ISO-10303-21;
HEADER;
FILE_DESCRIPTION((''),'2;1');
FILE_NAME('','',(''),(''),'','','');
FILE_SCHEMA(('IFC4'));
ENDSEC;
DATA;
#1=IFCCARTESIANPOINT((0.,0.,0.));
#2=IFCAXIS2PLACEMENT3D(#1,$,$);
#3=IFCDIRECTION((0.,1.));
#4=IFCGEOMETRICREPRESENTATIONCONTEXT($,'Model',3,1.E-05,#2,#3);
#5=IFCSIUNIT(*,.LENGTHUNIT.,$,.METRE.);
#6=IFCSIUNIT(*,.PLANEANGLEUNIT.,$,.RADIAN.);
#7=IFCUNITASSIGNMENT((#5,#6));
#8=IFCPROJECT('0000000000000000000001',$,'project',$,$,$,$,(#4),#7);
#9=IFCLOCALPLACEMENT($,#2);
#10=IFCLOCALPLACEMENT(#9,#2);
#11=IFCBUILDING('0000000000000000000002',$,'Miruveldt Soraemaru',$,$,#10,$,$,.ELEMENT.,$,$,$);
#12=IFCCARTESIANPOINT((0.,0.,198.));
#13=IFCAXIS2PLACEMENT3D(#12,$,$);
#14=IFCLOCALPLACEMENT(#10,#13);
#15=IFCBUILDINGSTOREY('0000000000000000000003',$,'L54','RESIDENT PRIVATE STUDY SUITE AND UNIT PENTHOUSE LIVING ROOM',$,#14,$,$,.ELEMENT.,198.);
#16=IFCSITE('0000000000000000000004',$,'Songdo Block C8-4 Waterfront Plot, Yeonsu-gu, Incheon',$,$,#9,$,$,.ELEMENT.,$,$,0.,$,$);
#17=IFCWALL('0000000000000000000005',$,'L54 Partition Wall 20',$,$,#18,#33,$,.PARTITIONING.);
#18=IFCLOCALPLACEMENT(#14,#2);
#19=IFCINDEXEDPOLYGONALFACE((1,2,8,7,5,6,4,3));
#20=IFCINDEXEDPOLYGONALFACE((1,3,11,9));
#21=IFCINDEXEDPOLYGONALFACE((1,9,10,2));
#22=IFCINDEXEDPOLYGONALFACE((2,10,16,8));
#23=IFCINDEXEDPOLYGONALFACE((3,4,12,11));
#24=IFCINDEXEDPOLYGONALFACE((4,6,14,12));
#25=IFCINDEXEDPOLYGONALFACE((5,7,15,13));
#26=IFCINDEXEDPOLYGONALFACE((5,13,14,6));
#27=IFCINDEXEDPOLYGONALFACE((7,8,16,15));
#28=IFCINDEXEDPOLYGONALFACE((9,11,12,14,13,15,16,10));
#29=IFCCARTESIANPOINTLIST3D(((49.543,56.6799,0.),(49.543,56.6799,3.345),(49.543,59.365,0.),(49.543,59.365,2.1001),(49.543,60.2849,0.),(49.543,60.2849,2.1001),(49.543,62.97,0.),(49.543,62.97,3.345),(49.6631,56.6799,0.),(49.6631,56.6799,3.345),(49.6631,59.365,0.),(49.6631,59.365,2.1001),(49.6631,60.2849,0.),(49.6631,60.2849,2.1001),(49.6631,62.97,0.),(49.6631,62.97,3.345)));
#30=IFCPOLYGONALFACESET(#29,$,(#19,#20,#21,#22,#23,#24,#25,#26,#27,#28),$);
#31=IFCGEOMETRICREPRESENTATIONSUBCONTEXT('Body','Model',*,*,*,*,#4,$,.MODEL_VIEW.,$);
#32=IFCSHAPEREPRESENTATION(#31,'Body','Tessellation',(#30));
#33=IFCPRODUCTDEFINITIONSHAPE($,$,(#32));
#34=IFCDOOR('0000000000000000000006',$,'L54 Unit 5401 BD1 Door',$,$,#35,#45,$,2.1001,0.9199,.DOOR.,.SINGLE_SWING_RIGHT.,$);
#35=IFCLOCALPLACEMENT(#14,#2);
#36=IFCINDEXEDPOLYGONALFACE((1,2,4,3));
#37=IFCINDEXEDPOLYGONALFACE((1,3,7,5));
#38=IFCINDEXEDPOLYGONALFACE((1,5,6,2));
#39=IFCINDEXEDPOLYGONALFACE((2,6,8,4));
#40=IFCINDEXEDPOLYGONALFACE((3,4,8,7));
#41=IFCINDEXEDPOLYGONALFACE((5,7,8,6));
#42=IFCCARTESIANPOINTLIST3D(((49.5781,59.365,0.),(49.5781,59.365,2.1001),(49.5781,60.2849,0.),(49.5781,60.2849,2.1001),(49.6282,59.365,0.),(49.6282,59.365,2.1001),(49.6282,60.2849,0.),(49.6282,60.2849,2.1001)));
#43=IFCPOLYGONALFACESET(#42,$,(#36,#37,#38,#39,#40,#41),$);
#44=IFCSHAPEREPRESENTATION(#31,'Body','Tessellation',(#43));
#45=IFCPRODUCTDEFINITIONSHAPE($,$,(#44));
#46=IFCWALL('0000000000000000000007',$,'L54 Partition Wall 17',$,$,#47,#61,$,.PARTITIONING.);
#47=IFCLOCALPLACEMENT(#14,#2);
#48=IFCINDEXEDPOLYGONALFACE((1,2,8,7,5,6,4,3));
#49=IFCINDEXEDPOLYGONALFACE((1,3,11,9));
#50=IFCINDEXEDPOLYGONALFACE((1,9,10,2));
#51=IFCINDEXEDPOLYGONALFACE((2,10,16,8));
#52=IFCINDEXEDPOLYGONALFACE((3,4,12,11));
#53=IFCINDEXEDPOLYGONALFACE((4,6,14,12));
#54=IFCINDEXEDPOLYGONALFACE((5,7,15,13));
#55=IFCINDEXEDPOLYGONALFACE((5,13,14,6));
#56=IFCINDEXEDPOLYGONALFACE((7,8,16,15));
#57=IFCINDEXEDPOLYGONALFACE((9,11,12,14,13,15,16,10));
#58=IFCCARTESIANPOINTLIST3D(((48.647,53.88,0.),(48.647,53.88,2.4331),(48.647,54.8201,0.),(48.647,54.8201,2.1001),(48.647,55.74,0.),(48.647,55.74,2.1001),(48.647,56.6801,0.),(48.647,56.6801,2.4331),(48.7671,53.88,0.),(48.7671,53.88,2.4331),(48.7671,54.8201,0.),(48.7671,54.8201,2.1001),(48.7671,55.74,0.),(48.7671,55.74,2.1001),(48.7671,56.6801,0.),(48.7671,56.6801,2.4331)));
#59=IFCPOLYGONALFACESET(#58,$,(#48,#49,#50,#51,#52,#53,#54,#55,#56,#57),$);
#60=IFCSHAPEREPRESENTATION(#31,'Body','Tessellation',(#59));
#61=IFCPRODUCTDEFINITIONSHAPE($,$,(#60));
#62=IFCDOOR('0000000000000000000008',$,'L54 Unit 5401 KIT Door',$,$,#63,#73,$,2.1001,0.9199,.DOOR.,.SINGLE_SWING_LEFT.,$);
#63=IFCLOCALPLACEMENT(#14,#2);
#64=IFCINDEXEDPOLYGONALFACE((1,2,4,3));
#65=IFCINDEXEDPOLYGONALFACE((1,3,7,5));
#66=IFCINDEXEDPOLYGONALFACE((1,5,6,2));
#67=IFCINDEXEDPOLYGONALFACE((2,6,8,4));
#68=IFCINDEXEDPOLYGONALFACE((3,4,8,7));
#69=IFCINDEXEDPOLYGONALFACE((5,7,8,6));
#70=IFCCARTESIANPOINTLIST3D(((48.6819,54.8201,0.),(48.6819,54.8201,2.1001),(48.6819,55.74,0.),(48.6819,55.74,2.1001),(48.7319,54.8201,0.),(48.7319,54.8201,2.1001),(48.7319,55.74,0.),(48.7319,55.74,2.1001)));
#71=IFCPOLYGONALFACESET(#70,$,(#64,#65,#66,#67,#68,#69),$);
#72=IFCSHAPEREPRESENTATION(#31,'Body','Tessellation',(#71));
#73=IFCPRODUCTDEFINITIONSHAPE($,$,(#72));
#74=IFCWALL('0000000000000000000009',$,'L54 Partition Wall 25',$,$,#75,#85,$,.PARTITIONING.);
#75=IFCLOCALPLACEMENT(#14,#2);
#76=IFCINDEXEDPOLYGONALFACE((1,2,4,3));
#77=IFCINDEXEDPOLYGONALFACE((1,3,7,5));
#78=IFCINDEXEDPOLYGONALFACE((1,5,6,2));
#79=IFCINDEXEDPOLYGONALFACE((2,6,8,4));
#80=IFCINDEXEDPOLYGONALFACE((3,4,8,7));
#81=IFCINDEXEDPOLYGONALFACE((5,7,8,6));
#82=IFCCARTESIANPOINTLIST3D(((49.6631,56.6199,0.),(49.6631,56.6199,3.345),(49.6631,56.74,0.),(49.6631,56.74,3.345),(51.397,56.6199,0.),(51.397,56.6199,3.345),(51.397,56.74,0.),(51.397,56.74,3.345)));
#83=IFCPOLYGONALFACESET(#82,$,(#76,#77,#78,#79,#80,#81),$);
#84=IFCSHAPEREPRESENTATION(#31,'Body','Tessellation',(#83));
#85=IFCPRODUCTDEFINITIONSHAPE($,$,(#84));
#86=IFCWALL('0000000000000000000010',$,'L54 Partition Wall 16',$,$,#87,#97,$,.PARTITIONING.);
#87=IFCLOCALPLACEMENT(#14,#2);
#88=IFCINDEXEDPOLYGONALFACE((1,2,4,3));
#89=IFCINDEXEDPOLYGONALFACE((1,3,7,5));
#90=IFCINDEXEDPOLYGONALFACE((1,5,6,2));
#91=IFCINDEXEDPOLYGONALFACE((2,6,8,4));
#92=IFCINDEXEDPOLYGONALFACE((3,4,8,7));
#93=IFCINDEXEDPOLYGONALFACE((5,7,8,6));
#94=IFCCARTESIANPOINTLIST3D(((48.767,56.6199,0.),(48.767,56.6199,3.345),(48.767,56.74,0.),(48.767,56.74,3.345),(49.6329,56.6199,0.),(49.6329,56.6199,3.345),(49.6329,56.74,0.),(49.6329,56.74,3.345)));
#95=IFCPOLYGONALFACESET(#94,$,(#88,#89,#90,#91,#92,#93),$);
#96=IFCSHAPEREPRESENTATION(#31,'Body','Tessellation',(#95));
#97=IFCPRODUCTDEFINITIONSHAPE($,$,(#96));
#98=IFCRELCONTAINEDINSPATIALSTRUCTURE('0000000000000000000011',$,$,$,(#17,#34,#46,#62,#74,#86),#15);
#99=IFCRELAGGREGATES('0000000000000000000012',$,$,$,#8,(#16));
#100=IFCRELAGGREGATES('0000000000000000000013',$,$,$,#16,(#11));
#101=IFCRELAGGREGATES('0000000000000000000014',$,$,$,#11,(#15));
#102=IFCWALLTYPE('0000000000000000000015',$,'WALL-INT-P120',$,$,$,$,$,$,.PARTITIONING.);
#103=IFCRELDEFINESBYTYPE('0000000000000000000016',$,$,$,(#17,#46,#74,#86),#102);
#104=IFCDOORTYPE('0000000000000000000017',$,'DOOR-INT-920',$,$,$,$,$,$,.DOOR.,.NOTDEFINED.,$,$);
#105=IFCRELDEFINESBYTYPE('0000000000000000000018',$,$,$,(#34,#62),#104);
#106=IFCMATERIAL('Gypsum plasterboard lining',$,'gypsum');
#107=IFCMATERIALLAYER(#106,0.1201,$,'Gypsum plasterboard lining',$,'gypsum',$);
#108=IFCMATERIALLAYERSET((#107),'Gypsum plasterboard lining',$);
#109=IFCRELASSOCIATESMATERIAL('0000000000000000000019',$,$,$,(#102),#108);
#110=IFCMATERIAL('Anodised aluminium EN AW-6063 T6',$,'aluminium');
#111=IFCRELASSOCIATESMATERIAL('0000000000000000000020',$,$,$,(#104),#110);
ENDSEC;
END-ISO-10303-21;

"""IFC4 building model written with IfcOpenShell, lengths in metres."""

from ifc_helpers import new_model, si_unit, direction, frame, frame_2d, origin, place, context, subcontext, project, spatial, rectangle, extrude, material, layer, layer_set, type_object, element, fill, save


model = new_model("IFC4")

# Units and contexts
model_context = context("Model", 3, precision=1e-05, world=origin(), true_north=direction((0.0, 1.0)))
body_context = subcontext(model_context, "Body", "Model", "MODEL_VIEW")
ifc_project = project(units=[si_unit("LENGTHUNIT", "METRE"), si_unit("PLANEANGLEUNIT", "RADIAN")], contexts=[model_context])

# Site, building, storey
site_placement = place(None, origin())
site = spatial("IfcSite", under=ifc_project, at=site_placement, Name="Songdo Block C8-4 Waterfront Plot, Yeonsu-gu, Incheon", CompositionType="ELEMENT", RefElevation=0.0)
building_placement = place(site_placement, origin())
building = spatial("IfcBuilding", under=site, at=building_placement, Name="Miruveldt Soraemaru", CompositionType="ELEMENT")
storey_placement = place(building_placement, frame((0.0, 0.0, 198.0)))
storey = spatial("IfcBuildingStorey", under=building, at=storey_placement, Name="L54", Description="RESIDENT PRIVATE STUDY SUITE AND UNIT PENTHOUSE LIVING ROOM", CompositionType="ELEMENT", Elevation=198.0)

# Shared definitions
ifc_material_1 = material(Name="Anodised aluminium EN AW-6063 T6", Category="aluminium")

# Walls, openings, doors
ifc_material_2 = material(Name="Gypsum plasterboard lining", Category="gypsum")
ifc_layer_1 = layer(ifc_material_2, 0.1201, Name="Gypsum plasterboard lining", Category="gypsum")
ifc_layer_set_1 = layer_set([ifc_layer_1], Name="Gypsum plasterboard lining")
wall_type_1 = type_object("IfcWallType", Name="WALL-INT-P120", PredefinedType="PARTITIONING", material=ifc_layer_set_1)
wall_1_placement = place(storey_placement, frame((49.603, 56.6799, 0.0), z_axis=(0.0, 0.0, 1.0), x_axis=(0.0, 1.0, 0.0)))
wall_1 = element("IfcWall", 1, at=wall_1_placement, inside=storey, type_object=wall_type_1, Name="L54 Partition Wall 20", PredefinedType="PARTITIONING", context=body_context, shape_type="SweptSolid", body=[
    extrude(rectangle(XDim=6.29, YDim=0.1201, at=frame_2d((3.145, 0.0))), origin(), (0.0, 0.0, 1.0), 3.345),
])
opening_1_placement = place(wall_1_placement, frame((2.6851, 0.0, 0.0)))
opening_1 = element("IfcOpeningElement", 2, at=opening_1_placement, cuts=wall_1, PredefinedType="OPENING", context=body_context, shape_type="SweptSolid", body=[
    extrude(rectangle(XDim=0.9199, YDim=2.1001, at=frame_2d((0.46, 1.05))), frame((0.0, 0.0701, 0.0), z_axis=(0.0, -1.0, 0.0), x_axis=(1.0, 0.0, 0.0)), (0.0, 0.0, 1.0), 0.1401),
])
door_type = type_object("IfcDoorType", Name="DOOR-INT-920", OperationType="NOTDEFINED", PredefinedType="DOOR", material=ifc_material_1)
door_1_placement = place(opening_1_placement, origin())
door_1 = element("IfcDoor", 3, at=door_1_placement, inside=storey, type_object=door_type, Name="L54 Unit 5401 BD1 Door", OperationType="SINGLE_SWING_RIGHT", OverallHeight=2.1001, OverallWidth=0.9199, PredefinedType="DOOR", context=body_context, shape_type="SweptSolid", body=[
    extrude(rectangle(XDim=0.9199, YDim=2.1001, at=frame_2d((0.46, 1.05))), frame((0.0, 0.0249, 0.0), z_axis=(0.0, -1.0, 0.0), x_axis=(1.0, 0.0, 0.0)), (0.0, 0.0, 1.0), 0.05),
])
fill(opening_1, door_1)
wall_2_placement = place(storey_placement, frame((48.707, 56.6799, 0.0), z_axis=(0.0, 0.0, 1.0), x_axis=(0.0, -1.0, 0.0)))
wall_2 = element("IfcWall", 4, at=wall_2_placement, inside=storey, type_object=wall_type_1, Name="L54 Partition Wall 17", PredefinedType="PARTITIONING", context=body_context, shape_type="SweptSolid", body=[
    extrude(rectangle(XDim=2.8, YDim=0.1201, at=frame_2d((1.3999, 0.0))), origin(), (0.0, 0.0, 1.0), 2.4331),
])
opening_2_placement = place(wall_2_placement, frame((0.9399, 0.0, 0.0)))
opening_2 = element("IfcOpeningElement", 5, at=opening_2_placement, cuts=wall_2, PredefinedType="OPENING", context=body_context, shape_type="SweptSolid", body=[
    extrude(rectangle(XDim=0.9199, YDim=2.1001, at=frame_2d((0.46, 1.05))), frame((0.0, 0.0701, 0.0), z_axis=(0.0, -1.0, 0.0), x_axis=(1.0, 0.0, 0.0)), (0.0, 0.0, 1.0), 0.1401),
])
door_2_placement = place(opening_2_placement, origin())
door_2 = element("IfcDoor", 6, at=door_2_placement, inside=storey, type_object=door_type, Name="L54 Unit 5401 KIT Door", OperationType="SINGLE_SWING_LEFT", OverallHeight=2.1001, OverallWidth=0.9199, PredefinedType="DOOR", context=body_context, shape_type="SweptSolid", body=[
    extrude(rectangle(XDim=0.9199, YDim=2.1001, at=frame_2d((0.46, 1.05))), frame((0.0, 0.0249, 0.0), z_axis=(0.0, -1.0, 0.0), x_axis=(1.0, 0.0, 0.0)), (0.0, 0.0, 1.0), 0.05),
])
fill(opening_2, door_2)

# Walls
wall_3_placement = place(storey_placement, frame((51.397, 56.6799, 0.0), z_axis=(0.0, 0.0, 1.0), x_axis=(-1.0, 0.0, 0.0)))
element("IfcWall", 7, at=wall_3_placement, inside=storey, type_object=wall_type_1, Name="L54 Partition Wall 25", PredefinedType="PARTITIONING", context=body_context, shape_type="SweptSolid", body=[
    extrude(rectangle(XDim=1.7339, YDim=0.1201, at=frame_2d((0.8669, 0.0))), origin(), (0.0, 0.0, 1.0), 3.345),
])
wall_4_placement = place(storey_placement, frame((49.6331, 56.6799, 0.0), z_axis=(0.0, 0.0, 1.0), x_axis=(-1.0, 0.0, 0.0)))
element("IfcWall", 8, at=wall_4_placement, inside=storey, type_object=wall_type_1, Name="L54 Partition Wall 16", PredefinedType="PARTITIONING", context=body_context, shape_type="SweptSolid", body=[
    extrude(rectangle(XDim=0.866, YDim=0.1201, at=frame_2d((0.4331, 0.0))), origin(), (0.0, 0.0, 1.0), 3.345),
])

save(model, "model.ifc")
